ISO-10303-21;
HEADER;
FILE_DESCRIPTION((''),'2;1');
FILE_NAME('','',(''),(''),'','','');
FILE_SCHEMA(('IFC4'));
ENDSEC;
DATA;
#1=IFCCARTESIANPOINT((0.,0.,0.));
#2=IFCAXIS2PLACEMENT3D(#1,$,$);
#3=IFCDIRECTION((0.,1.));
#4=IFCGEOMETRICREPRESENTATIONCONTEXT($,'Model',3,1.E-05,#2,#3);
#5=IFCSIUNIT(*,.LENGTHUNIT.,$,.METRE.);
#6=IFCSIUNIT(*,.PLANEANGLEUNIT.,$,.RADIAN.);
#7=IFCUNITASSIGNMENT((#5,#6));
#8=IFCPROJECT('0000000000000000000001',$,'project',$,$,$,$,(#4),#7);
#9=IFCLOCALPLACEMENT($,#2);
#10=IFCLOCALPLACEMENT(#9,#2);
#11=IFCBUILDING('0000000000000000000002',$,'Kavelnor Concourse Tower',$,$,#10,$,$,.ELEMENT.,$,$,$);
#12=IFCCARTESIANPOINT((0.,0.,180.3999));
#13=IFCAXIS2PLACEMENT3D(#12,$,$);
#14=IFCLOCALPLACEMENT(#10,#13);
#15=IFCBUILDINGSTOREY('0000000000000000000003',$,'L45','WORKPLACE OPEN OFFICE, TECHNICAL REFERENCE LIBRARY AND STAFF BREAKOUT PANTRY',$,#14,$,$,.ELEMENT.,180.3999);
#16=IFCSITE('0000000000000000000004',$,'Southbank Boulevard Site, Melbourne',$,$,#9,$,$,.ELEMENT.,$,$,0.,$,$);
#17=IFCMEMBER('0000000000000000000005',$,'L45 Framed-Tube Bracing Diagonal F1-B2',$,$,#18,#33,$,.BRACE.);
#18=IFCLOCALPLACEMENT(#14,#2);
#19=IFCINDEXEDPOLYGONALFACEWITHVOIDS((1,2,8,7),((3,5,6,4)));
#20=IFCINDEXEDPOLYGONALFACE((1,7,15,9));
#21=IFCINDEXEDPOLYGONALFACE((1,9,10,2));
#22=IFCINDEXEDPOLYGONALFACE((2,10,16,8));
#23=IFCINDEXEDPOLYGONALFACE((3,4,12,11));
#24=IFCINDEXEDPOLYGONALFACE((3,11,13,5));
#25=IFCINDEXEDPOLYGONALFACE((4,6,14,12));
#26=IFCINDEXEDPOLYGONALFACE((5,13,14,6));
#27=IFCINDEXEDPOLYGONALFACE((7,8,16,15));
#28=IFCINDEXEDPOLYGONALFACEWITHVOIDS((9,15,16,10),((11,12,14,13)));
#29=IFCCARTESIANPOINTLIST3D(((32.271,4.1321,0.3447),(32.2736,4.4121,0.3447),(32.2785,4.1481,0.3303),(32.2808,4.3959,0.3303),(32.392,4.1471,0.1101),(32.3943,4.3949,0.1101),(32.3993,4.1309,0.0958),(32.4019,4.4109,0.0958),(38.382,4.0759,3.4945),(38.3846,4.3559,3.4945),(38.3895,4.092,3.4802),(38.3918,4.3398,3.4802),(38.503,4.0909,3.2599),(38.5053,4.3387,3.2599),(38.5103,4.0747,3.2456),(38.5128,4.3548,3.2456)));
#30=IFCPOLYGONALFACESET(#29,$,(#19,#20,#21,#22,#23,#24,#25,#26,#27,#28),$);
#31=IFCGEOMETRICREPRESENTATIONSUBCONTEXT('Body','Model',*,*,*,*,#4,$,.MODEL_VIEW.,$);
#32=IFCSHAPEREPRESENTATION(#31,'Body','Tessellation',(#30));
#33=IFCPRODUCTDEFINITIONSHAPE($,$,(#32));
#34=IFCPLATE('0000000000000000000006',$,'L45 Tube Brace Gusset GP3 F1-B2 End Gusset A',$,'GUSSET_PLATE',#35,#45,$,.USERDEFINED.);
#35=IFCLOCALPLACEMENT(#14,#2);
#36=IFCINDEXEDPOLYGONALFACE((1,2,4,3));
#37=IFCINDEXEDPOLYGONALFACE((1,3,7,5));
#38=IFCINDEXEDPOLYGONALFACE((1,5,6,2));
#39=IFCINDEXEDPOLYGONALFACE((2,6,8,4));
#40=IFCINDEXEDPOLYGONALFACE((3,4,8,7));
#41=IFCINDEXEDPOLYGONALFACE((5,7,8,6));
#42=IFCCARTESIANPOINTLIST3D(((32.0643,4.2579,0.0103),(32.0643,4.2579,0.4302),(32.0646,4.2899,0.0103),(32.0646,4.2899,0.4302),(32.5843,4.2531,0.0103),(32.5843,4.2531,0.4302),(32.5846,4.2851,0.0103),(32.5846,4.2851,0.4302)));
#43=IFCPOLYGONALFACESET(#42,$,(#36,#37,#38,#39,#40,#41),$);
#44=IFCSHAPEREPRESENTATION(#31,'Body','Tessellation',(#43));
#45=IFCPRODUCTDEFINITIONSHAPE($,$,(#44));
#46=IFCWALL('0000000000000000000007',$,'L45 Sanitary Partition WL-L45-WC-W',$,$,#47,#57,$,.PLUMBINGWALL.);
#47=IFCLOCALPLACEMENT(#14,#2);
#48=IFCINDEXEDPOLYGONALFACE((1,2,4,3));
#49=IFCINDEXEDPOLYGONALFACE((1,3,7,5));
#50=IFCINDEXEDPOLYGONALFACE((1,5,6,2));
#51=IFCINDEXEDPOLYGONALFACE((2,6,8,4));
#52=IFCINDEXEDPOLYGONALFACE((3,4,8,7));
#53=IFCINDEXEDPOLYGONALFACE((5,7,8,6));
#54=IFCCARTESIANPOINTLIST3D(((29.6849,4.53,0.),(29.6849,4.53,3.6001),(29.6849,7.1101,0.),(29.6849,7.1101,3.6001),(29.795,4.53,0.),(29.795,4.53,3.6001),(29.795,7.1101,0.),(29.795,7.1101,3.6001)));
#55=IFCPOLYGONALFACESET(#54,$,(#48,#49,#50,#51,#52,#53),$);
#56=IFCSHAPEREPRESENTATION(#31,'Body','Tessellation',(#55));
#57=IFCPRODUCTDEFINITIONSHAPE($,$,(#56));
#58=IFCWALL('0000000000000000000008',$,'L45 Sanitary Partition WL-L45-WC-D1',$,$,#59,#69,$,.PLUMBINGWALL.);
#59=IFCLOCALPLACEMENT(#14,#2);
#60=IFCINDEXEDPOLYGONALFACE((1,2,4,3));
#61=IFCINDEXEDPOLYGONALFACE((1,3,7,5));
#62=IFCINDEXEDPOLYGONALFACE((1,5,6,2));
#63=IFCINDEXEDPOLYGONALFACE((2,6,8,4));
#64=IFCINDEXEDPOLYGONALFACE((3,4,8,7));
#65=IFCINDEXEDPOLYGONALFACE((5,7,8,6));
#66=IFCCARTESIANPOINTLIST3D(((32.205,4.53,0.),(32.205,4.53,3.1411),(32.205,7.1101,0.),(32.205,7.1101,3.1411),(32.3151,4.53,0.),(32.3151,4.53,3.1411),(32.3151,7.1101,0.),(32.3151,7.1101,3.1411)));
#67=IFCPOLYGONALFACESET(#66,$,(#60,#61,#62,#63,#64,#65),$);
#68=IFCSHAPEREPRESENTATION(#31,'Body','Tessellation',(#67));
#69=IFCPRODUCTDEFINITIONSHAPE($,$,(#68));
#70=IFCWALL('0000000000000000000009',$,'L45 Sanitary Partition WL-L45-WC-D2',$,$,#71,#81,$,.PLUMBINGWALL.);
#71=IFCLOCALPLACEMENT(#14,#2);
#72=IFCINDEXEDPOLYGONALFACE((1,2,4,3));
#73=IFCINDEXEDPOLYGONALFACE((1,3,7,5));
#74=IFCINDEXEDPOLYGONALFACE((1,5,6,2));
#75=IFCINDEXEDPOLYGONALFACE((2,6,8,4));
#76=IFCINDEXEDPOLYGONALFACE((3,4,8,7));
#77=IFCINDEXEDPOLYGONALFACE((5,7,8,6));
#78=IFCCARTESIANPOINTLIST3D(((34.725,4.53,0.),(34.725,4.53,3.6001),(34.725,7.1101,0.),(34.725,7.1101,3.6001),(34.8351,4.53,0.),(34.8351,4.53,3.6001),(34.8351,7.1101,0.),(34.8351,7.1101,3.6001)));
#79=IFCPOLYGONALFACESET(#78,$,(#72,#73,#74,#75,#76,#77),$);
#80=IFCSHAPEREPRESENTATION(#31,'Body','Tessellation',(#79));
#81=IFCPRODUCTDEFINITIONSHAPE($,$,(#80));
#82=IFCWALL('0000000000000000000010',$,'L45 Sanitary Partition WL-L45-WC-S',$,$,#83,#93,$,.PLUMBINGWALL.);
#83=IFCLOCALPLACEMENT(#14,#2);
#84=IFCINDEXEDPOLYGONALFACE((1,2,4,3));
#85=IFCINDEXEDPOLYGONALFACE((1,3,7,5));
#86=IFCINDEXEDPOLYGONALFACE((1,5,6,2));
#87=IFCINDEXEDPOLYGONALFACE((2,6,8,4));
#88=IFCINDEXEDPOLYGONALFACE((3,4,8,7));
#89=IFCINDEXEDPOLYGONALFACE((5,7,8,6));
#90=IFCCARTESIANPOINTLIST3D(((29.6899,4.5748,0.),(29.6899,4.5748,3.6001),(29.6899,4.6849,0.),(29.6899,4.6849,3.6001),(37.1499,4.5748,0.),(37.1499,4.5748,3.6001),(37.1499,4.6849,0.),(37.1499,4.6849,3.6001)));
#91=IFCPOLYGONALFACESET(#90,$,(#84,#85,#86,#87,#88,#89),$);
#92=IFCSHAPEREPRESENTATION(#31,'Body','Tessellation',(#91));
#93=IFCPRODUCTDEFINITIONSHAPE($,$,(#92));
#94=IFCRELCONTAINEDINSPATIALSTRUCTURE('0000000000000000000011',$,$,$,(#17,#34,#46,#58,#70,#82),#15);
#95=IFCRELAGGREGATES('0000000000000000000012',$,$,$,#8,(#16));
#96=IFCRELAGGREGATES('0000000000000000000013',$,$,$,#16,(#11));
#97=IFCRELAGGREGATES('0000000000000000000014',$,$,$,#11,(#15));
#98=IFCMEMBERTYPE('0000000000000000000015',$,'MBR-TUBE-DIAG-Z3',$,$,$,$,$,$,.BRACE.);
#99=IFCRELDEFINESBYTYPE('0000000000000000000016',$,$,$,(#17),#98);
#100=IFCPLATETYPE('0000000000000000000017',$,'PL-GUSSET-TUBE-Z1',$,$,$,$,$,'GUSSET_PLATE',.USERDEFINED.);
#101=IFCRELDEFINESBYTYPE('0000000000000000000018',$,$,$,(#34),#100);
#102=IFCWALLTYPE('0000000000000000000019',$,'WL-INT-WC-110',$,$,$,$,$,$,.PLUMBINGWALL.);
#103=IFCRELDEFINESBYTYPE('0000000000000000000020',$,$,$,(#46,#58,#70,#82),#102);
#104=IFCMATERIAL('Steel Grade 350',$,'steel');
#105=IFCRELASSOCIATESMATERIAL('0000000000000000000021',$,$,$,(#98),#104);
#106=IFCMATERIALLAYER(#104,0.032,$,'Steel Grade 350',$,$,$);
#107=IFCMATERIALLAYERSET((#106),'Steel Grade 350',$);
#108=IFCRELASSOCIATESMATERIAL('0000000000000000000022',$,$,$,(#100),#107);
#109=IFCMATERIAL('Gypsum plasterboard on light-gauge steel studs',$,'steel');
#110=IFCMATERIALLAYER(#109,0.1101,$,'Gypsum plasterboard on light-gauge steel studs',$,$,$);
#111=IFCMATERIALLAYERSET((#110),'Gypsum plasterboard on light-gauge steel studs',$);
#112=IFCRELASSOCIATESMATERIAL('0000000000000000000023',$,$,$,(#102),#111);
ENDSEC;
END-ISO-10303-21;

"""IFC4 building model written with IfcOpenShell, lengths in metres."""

from ifc_helpers import new_model, si_unit, direction, frame, frame_2d, origin, origin_2d, place, context, subcontext, project, spatial, rectangle, hollow_rectangle, extrude, material, layer, layer_set, material_profile, profile_set, type_object, element, save


model = new_model("IFC4")

# Units and contexts
model_context = context("Model", 3, precision=1e-05, world=origin(), true_north=direction((0.0, 1.0)))
body_context = subcontext(model_context, "Body", "Model", "MODEL_VIEW")
ifc_project = project(units=[si_unit("LENGTHUNIT", "METRE"), si_unit("PLANEANGLEUNIT", "RADIAN")], contexts=[model_context])

# Site, building, storey
site_placement = place(None, origin())
site = spatial("IfcSite", under=ifc_project, at=site_placement, Name="Southbank Boulevard Site, Melbourne", CompositionType="ELEMENT", RefElevation=0.0)
building_placement = place(site_placement, origin())
building = spatial("IfcBuilding", under=site, at=building_placement, Name="Kavelnor Concourse Tower", CompositionType="ELEMENT")
storey_placement = place(building_placement, frame((0.0, 0.0, 180.3999)))
storey = spatial("IfcBuildingStorey", under=building, at=storey_placement, Name="L45", Description="WORKPLACE OPEN OFFICE, TECHNICAL REFERENCE LIBRARY AND STAFF BREAKOUT PANTRY", CompositionType="ELEMENT", Elevation=180.3999)

# Shared definitions
ifc_material_1 = material(Name="Steel Grade 350", Category="steel")

# Member
ifc_material_profile_1 = material_profile(ifc_material_1, hollow_rectangle(XDim=0.28, YDim=0.28, WallThickness=0.0161, at=origin_2d()), Name="SHS 280x280x16")
ifc_profile_set_1 = profile_set([ifc_material_profile_1], Name="Steel Grade 350")
member_type = type_object("IfcMemberType", Name="MBR-TUBE-DIAG-Z3", PredefinedType="BRACE", material=ifc_profile_set_1)
member_placement = place(storey_placement, frame((32.3364, 4.2715, 0.2202), z_axis=(0.88884, -0.008167, 0.458145), x_axis=(0.009188, 0.999958, 0.0)))
element("IfcMember", 1, at=member_placement, inside=storey, type_object=member_type, Name="L45 Framed-Tube Bracing Diagonal F1-B2", PredefinedType="BRACE", context=body_context, shape_type="SweptSolid", body=[
    extrude(hollow_rectangle(XDim=0.28, YDim=0.28, WallThickness=0.0161, at=origin_2d()), origin(), (0.0, 0.0, 1.0), 6.8752),
])

# Plate
ifc_layer_1 = layer(ifc_material_1, 0.032, Name="Steel Grade 350")
ifc_layer_set_1 = layer_set([ifc_layer_1], Name="Steel Grade 350")
plate_type = type_object("IfcPlateType", Name="PL-GUSSET-TUBE-Z1", ElementType="GUSSET_PLATE", PredefinedType="USERDEFINED", material=ifc_layer_set_1)
plate_placement = place(storey_placement, frame((32.3245, 4.2715, 0.0103), z_axis=(0.0, 0.0, 1.0), x_axis=(0.999957, -0.00925, 0.0)))
element("IfcPlate", 2, at=plate_placement, inside=storey, type_object=plate_type, Name="L45 Tube Brace Gusset GP3 F1-B2 End Gusset A", ObjectType="GUSSET_PLATE", PredefinedType="USERDEFINED", context=body_context, shape_type="SweptSolid", body=[
    extrude(rectangle(XDim=0.52, YDim=0.032, at=origin_2d()), origin(), (0.0, 0.0, 1.0), 0.4199),
])

# Walls
ifc_material_2 = material(Name="Gypsum plasterboard on light-gauge steel studs", Category="steel")
ifc_layer_2 = layer(ifc_material_2, 0.1101, Name="Gypsum plasterboard on light-gauge steel studs")
ifc_layer_set_2 = layer_set([ifc_layer_2], Name="Gypsum plasterboard on light-gauge steel studs")
wall_type = type_object("IfcWallType", Name="WL-INT-WC-110", PredefinedType="PLUMBINGWALL", material=ifc_layer_set_2)
wall_1_placement = place(storey_placement, frame((29.74, 4.53, 0.0), z_axis=(0.0, 0.0, 1.0), x_axis=(0.0, 1.0, 0.0)))
element("IfcWall", 3, at=wall_1_placement, inside=storey, type_object=wall_type, Name="L45 Sanitary Partition WL-L45-WC-W", PredefinedType="PLUMBINGWALL", context=body_context, shape_type="SweptSolid", body=[
    extrude(rectangle(XDim=2.5801, YDim=0.1101, at=frame_2d((1.29, 0.0))), origin(), (0.0, 0.0, 1.0), 3.6001),
])
wall_2_placement = place(storey_placement, frame((32.26, 4.53, 0.0), z_axis=(0.0, 0.0, 1.0), x_axis=(0.0, 1.0, 0.0)))
element("IfcWall", 4, at=wall_2_placement, inside=storey, type_object=wall_type, Name="L45 Sanitary Partition WL-L45-WC-D1", PredefinedType="PLUMBINGWALL", context=body_context, shape_type="SweptSolid", body=[
    extrude(rectangle(XDim=2.5801, YDim=0.1101, at=frame_2d((1.29, 0.0))), origin(), (0.0, 0.0, 1.0), 3.1411),
])
wall_3_placement = place(storey_placement, frame((34.78, 4.53, 0.0), z_axis=(0.0, 0.0, 1.0), x_axis=(0.0, 1.0, 0.0)))
element("IfcWall", 5, at=wall_3_placement, inside=storey, type_object=wall_type, Name="L45 Sanitary Partition WL-L45-WC-D2", PredefinedType="PLUMBINGWALL", context=body_context, shape_type="SweptSolid", body=[
    extrude(rectangle(XDim=2.5801, YDim=0.1101, at=frame_2d((1.29, 0.0))), origin(), (0.0, 0.0, 1.0), 3.6001),
])
wall_4_placement = place(storey_placement, frame((29.6899, 4.6299, 0.0), z_axis=(0.0, 0.0, 1.0), x_axis=(1.0, 0.0, 0.0)))
element("IfcWall", 6, at=wall_4_placement, inside=storey, type_object=wall_type, Name="L45 Sanitary Partition WL-L45-WC-S", PredefinedType="PLUMBINGWALL", context=body_context, shape_type="SweptSolid", body=[
    extrude(rectangle(XDim=7.46, YDim=0.1101, at=frame_2d((3.73, 0.0))), origin(), (0.0, 0.0, 1.0), 3.6001),
])

save(model, "model.ifc")
